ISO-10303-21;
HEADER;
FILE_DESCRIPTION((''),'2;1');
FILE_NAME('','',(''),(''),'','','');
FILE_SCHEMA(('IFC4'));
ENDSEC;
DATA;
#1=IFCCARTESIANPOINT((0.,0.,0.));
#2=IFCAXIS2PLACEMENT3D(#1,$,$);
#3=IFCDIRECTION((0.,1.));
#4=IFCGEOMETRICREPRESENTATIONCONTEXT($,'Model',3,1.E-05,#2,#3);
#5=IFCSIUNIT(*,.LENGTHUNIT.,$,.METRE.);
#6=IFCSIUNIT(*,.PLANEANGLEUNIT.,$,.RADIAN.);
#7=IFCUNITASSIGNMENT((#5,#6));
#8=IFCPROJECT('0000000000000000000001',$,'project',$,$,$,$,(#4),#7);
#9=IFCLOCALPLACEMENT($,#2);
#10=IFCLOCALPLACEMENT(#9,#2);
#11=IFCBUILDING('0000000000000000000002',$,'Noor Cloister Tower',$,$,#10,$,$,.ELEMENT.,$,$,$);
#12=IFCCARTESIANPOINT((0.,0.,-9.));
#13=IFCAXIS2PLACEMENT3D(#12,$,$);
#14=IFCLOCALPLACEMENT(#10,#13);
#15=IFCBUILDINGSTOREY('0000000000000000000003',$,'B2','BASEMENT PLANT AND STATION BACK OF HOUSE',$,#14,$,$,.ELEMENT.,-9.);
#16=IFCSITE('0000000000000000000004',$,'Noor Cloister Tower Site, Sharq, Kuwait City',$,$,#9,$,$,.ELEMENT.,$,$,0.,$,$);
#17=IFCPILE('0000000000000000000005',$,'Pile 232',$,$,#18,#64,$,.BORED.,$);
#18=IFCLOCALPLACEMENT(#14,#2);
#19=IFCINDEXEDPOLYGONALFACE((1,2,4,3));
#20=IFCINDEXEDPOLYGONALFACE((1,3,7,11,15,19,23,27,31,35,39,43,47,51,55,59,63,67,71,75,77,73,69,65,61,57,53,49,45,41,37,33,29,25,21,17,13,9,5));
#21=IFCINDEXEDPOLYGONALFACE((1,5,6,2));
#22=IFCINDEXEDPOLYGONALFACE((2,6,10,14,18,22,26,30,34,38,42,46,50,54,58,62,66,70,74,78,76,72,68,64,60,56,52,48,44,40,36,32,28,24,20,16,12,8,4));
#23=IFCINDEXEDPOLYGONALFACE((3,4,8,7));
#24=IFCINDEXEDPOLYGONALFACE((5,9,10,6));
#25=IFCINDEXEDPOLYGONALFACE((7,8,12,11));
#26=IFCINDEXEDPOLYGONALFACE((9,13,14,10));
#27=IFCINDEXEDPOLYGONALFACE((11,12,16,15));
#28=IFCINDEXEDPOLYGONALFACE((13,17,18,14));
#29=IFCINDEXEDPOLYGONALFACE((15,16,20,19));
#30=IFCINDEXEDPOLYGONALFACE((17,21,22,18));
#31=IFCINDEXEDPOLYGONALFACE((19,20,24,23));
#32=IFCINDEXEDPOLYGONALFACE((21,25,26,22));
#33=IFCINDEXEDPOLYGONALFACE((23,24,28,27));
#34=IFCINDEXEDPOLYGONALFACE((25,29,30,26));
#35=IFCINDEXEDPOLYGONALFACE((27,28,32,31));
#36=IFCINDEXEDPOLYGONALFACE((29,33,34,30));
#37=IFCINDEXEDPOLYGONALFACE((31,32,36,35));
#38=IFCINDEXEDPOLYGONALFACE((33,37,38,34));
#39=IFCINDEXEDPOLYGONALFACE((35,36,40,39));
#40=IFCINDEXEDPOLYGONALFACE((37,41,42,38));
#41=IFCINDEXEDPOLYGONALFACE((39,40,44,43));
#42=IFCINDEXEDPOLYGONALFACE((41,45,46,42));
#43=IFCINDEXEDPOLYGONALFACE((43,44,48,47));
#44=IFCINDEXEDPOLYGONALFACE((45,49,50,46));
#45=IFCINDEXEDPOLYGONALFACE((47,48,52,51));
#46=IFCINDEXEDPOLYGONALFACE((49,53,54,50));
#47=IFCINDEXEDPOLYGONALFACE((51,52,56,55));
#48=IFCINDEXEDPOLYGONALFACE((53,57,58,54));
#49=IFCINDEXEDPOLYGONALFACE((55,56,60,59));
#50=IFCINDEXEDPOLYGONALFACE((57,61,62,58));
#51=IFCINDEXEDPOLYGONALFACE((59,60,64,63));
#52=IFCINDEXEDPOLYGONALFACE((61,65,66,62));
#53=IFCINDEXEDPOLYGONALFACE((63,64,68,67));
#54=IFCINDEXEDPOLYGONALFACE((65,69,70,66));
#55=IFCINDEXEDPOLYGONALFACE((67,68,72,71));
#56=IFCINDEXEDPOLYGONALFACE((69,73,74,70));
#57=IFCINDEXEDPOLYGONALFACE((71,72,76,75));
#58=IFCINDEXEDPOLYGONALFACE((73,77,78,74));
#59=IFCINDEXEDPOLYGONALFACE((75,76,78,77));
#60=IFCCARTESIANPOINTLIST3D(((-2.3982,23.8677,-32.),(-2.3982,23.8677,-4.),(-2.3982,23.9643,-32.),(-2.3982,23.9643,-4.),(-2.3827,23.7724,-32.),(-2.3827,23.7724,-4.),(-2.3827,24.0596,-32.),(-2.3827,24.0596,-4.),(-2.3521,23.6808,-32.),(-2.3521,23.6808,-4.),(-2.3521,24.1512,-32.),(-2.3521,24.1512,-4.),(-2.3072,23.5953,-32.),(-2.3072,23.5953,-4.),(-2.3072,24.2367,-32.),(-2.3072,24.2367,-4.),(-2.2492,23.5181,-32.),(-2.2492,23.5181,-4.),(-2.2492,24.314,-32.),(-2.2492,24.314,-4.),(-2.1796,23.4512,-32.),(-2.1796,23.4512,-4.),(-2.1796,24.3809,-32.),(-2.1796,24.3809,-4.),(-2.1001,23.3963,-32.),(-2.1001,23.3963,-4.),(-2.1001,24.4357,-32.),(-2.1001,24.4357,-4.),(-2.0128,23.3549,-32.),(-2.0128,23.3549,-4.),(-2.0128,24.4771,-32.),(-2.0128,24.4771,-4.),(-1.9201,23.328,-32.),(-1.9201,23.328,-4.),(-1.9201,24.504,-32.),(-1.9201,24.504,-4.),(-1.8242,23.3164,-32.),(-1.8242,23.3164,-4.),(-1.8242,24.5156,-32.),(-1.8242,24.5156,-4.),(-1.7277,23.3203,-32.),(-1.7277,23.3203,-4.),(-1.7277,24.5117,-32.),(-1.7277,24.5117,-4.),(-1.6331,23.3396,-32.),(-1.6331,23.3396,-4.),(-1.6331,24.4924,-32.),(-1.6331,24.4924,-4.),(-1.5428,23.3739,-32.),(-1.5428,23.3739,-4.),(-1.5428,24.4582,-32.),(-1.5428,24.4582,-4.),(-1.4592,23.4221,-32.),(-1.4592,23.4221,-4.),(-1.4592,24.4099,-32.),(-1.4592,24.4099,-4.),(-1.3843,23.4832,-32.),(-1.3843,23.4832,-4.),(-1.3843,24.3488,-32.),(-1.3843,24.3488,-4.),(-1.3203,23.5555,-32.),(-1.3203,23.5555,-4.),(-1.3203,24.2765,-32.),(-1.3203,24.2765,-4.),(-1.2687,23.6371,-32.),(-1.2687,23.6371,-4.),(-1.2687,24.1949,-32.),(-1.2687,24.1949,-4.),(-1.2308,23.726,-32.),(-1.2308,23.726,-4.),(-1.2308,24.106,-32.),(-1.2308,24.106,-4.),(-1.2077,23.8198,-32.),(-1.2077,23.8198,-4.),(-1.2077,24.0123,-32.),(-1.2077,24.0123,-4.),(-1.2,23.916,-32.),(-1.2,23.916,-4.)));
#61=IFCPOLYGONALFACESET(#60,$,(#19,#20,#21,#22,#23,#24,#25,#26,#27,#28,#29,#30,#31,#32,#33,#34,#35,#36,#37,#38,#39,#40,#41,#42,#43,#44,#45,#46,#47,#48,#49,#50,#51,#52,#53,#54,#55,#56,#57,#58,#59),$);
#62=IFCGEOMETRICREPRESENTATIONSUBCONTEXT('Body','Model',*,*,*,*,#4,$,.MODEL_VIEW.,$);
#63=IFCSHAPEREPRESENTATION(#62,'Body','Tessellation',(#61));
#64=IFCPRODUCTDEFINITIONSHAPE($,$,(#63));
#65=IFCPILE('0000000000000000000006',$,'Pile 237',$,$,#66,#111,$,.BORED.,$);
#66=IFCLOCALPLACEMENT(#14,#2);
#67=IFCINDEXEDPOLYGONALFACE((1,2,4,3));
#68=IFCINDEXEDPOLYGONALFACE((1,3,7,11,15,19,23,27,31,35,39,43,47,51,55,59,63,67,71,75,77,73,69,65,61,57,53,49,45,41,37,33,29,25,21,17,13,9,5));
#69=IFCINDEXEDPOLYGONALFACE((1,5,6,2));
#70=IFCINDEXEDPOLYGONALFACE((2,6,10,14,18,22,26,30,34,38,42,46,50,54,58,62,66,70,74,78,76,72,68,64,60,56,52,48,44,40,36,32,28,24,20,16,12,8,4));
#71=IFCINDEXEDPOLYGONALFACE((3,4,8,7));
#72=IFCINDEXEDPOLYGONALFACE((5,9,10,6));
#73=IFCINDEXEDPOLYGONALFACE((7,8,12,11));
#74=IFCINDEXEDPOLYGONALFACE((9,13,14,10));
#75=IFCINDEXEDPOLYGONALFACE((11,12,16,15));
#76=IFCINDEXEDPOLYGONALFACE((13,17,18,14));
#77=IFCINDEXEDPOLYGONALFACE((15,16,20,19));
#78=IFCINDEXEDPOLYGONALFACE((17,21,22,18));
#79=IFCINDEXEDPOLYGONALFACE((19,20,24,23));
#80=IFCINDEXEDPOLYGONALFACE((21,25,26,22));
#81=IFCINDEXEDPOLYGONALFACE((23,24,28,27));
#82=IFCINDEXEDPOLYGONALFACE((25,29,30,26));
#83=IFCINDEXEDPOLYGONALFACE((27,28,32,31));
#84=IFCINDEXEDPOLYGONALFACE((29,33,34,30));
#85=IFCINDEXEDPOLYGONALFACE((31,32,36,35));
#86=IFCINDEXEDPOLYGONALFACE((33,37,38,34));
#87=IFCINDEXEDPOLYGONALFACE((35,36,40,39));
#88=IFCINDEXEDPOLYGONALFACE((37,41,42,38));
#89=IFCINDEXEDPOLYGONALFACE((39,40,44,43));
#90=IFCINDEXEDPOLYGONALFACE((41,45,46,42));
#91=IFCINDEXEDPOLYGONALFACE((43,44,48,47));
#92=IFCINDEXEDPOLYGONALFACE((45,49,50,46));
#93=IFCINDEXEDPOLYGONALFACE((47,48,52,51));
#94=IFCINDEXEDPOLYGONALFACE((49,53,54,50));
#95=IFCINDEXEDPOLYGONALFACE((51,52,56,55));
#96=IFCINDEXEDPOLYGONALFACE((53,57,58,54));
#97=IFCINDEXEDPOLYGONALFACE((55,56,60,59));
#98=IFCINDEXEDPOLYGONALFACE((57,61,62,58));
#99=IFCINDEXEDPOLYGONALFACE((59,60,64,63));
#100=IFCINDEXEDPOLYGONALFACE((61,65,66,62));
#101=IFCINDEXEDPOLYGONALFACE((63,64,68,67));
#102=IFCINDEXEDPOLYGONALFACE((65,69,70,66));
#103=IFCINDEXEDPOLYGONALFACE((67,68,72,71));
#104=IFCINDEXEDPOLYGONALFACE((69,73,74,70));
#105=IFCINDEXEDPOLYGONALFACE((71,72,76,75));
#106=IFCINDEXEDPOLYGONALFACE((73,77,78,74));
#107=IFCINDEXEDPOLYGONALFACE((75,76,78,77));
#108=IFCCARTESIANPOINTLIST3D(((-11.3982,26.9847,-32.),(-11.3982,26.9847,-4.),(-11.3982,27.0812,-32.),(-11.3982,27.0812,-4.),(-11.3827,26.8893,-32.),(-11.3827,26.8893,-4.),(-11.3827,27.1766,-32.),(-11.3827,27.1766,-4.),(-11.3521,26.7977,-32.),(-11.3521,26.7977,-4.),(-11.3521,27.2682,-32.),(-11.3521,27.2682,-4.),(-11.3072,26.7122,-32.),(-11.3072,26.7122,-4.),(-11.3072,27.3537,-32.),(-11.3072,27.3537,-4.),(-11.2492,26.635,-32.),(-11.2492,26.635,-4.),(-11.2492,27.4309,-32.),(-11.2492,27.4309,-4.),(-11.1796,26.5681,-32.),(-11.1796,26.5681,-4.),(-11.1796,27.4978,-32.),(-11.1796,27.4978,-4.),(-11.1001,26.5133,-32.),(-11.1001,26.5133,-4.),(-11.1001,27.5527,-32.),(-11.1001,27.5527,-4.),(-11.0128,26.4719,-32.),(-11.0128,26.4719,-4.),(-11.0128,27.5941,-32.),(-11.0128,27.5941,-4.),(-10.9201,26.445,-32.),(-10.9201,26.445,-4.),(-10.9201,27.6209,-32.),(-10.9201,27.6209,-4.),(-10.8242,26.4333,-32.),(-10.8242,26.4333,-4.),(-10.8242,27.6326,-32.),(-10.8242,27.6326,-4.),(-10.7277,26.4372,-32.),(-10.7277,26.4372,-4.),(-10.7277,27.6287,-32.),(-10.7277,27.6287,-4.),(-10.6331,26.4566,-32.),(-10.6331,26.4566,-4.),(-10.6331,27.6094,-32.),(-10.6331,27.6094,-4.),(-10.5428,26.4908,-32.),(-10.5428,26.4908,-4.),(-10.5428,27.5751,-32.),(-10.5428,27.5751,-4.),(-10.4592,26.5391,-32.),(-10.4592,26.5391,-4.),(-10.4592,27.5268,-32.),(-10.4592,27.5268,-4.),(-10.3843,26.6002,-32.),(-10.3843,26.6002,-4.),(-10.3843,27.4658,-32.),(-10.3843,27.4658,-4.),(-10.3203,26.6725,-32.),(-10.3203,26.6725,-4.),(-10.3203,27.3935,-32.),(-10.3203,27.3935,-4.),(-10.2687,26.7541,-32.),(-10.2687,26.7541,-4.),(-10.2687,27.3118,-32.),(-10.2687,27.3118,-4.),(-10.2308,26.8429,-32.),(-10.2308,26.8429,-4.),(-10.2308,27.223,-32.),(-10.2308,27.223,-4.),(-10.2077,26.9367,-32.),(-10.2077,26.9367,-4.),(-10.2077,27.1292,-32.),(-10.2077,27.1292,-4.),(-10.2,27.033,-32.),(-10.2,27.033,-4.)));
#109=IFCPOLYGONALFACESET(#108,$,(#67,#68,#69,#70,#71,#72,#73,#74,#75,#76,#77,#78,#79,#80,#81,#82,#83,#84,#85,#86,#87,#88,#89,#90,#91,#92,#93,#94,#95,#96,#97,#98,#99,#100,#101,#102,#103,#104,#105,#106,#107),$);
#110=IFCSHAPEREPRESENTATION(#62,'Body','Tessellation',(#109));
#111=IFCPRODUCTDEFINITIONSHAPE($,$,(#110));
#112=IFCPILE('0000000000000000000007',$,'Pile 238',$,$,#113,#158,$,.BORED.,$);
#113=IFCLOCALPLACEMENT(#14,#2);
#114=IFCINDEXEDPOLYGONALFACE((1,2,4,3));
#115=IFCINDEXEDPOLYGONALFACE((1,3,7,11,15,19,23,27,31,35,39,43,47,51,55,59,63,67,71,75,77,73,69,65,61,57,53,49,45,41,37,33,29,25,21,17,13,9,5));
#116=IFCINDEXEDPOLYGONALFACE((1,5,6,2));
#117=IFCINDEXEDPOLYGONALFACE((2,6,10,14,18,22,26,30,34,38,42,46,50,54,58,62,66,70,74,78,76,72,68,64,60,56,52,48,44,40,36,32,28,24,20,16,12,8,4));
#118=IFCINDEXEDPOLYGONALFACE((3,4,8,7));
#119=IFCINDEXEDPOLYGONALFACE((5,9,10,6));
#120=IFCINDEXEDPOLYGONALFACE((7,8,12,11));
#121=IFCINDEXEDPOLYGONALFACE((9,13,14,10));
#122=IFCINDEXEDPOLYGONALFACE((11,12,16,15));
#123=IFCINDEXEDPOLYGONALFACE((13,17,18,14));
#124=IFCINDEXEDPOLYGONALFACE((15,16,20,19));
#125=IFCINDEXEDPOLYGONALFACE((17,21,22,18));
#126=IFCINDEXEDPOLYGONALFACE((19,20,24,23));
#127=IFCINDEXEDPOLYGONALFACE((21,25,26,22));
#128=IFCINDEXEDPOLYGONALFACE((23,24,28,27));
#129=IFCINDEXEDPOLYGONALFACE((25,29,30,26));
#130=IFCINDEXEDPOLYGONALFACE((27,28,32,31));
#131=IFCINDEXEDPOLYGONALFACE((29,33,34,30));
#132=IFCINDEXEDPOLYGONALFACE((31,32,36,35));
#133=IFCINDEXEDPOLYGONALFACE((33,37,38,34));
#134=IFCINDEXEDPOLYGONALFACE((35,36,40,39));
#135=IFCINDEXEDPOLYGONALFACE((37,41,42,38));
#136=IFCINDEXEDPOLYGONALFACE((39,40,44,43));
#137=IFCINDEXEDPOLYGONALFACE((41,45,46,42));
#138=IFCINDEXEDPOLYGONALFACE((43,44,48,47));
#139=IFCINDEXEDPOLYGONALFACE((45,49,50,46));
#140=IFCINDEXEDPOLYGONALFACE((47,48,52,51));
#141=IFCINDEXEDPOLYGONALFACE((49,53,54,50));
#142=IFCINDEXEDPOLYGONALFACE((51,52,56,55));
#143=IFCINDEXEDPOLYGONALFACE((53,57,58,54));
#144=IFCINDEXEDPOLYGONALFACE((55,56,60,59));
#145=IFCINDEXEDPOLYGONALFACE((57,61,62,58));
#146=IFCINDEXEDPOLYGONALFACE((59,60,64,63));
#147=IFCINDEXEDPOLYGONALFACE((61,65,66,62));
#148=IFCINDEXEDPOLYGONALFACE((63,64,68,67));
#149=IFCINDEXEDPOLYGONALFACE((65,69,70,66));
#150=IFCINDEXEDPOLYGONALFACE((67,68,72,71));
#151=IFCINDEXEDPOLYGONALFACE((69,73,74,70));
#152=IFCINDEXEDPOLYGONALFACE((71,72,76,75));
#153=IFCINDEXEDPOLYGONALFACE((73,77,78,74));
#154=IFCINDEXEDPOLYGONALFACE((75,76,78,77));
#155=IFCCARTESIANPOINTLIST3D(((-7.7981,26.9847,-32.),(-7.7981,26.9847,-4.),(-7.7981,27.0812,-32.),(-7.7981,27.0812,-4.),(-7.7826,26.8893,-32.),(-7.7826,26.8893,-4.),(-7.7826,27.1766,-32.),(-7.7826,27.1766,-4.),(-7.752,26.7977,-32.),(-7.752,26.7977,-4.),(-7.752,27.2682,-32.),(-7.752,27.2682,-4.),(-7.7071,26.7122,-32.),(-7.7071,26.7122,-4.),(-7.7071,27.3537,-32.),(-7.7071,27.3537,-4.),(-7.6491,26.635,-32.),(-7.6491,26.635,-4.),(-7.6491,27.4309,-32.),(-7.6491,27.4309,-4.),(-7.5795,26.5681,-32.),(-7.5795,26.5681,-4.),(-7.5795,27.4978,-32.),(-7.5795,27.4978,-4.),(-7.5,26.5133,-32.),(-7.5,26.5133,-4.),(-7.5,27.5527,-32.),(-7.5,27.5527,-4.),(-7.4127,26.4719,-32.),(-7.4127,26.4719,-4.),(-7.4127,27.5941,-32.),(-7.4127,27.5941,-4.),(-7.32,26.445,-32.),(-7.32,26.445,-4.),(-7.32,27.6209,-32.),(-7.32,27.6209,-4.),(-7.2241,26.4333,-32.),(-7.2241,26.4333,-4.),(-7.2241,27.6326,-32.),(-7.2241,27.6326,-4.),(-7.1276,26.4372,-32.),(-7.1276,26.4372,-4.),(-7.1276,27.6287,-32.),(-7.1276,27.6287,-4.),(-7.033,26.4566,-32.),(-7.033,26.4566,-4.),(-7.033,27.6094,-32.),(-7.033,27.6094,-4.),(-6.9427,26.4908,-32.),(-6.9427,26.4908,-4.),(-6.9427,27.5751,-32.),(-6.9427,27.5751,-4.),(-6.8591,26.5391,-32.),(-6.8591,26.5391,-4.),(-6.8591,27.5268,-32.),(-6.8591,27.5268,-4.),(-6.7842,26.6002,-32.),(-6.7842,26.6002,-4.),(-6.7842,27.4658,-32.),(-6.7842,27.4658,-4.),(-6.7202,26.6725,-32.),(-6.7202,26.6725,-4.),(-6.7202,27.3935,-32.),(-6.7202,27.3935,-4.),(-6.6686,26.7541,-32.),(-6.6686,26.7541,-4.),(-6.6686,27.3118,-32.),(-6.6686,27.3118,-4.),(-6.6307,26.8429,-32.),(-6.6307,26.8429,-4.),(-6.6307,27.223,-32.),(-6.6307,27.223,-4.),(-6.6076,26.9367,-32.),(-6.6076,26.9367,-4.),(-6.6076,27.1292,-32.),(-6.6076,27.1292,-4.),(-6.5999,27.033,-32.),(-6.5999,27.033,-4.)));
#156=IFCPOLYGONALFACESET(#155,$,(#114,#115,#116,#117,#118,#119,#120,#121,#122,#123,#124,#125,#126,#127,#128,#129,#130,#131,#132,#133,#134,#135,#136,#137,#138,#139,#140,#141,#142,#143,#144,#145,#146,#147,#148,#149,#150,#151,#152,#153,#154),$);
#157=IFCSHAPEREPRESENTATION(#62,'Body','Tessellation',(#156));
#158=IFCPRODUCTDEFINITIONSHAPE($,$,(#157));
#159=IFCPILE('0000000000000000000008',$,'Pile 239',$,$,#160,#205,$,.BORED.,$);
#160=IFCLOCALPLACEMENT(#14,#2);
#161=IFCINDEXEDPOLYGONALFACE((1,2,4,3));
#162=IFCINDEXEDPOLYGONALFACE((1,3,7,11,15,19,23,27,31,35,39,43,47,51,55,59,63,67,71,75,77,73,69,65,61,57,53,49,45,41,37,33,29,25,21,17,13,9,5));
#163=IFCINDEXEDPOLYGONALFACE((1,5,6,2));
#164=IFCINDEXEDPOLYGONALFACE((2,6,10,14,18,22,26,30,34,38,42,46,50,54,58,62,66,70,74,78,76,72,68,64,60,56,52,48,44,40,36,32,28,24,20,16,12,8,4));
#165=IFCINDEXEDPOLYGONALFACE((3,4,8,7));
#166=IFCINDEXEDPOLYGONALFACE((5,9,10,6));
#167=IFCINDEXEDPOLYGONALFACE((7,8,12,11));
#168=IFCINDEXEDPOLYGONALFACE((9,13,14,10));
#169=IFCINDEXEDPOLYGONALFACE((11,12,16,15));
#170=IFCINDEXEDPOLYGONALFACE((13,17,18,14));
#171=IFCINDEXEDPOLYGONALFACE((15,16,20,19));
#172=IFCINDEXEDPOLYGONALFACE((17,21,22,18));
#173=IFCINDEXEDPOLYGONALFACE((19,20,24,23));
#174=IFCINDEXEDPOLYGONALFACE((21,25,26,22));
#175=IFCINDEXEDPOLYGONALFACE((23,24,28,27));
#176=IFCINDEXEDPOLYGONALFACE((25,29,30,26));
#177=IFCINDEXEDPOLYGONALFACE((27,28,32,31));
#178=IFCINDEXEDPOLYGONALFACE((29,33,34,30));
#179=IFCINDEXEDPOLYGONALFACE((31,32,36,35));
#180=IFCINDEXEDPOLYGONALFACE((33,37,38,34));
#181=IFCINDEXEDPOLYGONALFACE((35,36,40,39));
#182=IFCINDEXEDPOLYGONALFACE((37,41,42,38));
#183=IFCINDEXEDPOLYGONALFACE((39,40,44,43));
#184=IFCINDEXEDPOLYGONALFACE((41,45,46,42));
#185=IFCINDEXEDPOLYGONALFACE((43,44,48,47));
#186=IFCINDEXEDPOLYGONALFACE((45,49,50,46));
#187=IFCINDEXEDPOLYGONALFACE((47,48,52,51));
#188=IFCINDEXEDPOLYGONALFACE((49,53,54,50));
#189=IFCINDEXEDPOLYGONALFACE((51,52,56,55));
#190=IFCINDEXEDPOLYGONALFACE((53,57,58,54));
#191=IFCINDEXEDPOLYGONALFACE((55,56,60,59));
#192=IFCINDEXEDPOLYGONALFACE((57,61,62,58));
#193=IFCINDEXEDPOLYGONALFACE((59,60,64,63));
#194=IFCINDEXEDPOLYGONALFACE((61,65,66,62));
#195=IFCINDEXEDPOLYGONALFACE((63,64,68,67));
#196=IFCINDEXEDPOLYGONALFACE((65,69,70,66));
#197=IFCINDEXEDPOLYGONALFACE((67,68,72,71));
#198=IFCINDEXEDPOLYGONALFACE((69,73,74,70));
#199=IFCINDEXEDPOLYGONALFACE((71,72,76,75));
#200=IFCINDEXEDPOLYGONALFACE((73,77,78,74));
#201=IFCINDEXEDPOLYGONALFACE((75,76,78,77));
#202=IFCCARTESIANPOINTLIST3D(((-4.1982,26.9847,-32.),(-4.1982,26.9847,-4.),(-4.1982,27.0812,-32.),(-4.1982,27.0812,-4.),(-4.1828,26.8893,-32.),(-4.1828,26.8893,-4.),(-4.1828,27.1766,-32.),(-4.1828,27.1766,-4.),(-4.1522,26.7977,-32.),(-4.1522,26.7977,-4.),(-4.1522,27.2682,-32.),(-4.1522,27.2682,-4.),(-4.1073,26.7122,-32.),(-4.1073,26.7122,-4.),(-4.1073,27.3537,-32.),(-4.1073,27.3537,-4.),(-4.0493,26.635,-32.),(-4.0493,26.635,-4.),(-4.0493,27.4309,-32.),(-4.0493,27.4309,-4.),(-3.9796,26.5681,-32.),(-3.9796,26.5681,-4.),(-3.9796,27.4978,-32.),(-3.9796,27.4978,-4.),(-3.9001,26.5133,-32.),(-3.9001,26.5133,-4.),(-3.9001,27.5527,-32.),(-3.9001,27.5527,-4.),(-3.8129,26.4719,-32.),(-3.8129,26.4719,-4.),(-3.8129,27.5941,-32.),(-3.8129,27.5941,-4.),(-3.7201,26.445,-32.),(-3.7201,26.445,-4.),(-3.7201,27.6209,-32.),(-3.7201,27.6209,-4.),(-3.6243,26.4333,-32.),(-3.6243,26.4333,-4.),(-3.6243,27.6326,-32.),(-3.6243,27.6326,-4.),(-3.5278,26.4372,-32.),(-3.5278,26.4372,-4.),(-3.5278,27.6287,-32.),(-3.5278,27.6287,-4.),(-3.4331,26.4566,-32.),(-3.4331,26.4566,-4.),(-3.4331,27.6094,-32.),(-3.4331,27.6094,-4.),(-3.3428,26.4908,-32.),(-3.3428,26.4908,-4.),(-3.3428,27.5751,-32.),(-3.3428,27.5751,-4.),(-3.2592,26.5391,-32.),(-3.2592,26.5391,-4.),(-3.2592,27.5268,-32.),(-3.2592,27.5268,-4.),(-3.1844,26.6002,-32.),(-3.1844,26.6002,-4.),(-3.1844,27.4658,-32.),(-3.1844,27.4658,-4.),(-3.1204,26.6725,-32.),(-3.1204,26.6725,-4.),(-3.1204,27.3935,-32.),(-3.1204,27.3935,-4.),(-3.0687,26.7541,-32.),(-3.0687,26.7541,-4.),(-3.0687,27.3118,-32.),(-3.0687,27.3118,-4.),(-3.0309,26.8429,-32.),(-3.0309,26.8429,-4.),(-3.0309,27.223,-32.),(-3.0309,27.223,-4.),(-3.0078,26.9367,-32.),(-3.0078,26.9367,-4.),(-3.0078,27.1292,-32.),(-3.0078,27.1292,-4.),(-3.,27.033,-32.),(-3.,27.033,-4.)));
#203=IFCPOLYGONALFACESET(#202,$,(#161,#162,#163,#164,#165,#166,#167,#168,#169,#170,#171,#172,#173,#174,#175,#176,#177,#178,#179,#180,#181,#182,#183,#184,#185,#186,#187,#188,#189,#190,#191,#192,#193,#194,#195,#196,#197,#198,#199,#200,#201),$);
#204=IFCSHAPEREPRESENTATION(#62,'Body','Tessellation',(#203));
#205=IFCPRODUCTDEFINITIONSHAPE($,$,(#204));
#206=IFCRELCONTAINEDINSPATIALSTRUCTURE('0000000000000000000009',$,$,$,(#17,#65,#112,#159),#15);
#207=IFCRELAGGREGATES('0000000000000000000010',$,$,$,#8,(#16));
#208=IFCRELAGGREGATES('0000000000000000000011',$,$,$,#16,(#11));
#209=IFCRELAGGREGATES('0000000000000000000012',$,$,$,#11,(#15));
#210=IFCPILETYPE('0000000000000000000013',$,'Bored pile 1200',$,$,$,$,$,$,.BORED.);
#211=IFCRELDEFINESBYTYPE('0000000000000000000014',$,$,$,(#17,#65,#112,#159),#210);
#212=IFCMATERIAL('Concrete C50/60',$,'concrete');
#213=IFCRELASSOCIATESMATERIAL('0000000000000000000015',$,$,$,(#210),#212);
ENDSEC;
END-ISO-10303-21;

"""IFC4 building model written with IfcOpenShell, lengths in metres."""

from ifc_helpers import new_model, si_unit, direction, frame, origin, origin_2d, place, context, subcontext, project, spatial, circle, extrude, material, material_profile, profile_set, type_object, element, save


model = new_model("IFC4")

# Units and contexts
model_context = context("Model", 3, precision=1e-05, world=origin(), true_north=direction((0.0, 1.0)))
body_context = subcontext(model_context, "Body", "Model", "MODEL_VIEW")
ifc_project = project(units=[si_unit("LENGTHUNIT", "METRE"), si_unit("PLANEANGLEUNIT", "RADIAN")], contexts=[model_context])

# Site, building, storey
site_placement = place(None, origin())
site = spatial("IfcSite", under=ifc_project, at=site_placement, Name="Noor Cloister Tower Site, Sharq, Kuwait City", CompositionType="ELEMENT", RefElevation=0.0)
building_placement = place(site_placement, origin())
building = spatial("IfcBuilding", under=site, at=building_placement, Name="Noor Cloister Tower", CompositionType="ELEMENT")
storey_placement = place(building_placement, frame((0.0, 0.0, -9.0)))
storey = spatial("IfcBuildingStorey", under=building, at=storey_placement, Name="B2", Description="BASEMENT PLANT AND STATION BACK OF HOUSE", CompositionType="ELEMENT", Elevation=-9.0)

# Piles
ifc_material_1 = material(Name="Concrete C50/60", Category="concrete")
ifc_material_profile_1 = material_profile(ifc_material_1, circle(Radius=0.6001, at=origin_2d()), Name="Bored pile 1200")
ifc_profile_set_1 = profile_set([ifc_material_profile_1], Name="Concrete C50/60")
pile_type = type_object("IfcPileType", Name="Bored pile 1200", PredefinedType="BORED", material=ifc_profile_set_1)
for number, where, z_axis, x_axis, name in (
    (1, (-1.8, 23.916, -4.0), (0.0, 0.0, -1.0), (1.0, 0.0, 0.0), "Pile 232"),
    (2, (-10.8, 27.033, -4.0), (0.0, 0.0, -1.0), (1.0, 0.0, 0.0), "Pile 237"),
    (3, (-7.2, 27.033, -4.0), (0.0, 0.0, -1.0), (1.0, 0.0, 0.0), "Pile 238"),
    (4, (-3.6001, 27.033, -4.0), (0.0, 0.0, -1.0), (1.0, 0.0, 0.0), "Pile 239"),
):
    element("IfcPile", number, at=place(storey_placement, frame(where, z_axis=z_axis, x_axis=x_axis)), inside=storey, type_object=pile_type, Name=name, PredefinedType="BORED", context=body_context, shape_type="SweptSolid", body=[
        extrude(circle(Radius=0.6001, at=origin_2d()), origin(), (0.0, 0.0, 1.0), 28.0),
    ])

save(model, "model.ifc")
